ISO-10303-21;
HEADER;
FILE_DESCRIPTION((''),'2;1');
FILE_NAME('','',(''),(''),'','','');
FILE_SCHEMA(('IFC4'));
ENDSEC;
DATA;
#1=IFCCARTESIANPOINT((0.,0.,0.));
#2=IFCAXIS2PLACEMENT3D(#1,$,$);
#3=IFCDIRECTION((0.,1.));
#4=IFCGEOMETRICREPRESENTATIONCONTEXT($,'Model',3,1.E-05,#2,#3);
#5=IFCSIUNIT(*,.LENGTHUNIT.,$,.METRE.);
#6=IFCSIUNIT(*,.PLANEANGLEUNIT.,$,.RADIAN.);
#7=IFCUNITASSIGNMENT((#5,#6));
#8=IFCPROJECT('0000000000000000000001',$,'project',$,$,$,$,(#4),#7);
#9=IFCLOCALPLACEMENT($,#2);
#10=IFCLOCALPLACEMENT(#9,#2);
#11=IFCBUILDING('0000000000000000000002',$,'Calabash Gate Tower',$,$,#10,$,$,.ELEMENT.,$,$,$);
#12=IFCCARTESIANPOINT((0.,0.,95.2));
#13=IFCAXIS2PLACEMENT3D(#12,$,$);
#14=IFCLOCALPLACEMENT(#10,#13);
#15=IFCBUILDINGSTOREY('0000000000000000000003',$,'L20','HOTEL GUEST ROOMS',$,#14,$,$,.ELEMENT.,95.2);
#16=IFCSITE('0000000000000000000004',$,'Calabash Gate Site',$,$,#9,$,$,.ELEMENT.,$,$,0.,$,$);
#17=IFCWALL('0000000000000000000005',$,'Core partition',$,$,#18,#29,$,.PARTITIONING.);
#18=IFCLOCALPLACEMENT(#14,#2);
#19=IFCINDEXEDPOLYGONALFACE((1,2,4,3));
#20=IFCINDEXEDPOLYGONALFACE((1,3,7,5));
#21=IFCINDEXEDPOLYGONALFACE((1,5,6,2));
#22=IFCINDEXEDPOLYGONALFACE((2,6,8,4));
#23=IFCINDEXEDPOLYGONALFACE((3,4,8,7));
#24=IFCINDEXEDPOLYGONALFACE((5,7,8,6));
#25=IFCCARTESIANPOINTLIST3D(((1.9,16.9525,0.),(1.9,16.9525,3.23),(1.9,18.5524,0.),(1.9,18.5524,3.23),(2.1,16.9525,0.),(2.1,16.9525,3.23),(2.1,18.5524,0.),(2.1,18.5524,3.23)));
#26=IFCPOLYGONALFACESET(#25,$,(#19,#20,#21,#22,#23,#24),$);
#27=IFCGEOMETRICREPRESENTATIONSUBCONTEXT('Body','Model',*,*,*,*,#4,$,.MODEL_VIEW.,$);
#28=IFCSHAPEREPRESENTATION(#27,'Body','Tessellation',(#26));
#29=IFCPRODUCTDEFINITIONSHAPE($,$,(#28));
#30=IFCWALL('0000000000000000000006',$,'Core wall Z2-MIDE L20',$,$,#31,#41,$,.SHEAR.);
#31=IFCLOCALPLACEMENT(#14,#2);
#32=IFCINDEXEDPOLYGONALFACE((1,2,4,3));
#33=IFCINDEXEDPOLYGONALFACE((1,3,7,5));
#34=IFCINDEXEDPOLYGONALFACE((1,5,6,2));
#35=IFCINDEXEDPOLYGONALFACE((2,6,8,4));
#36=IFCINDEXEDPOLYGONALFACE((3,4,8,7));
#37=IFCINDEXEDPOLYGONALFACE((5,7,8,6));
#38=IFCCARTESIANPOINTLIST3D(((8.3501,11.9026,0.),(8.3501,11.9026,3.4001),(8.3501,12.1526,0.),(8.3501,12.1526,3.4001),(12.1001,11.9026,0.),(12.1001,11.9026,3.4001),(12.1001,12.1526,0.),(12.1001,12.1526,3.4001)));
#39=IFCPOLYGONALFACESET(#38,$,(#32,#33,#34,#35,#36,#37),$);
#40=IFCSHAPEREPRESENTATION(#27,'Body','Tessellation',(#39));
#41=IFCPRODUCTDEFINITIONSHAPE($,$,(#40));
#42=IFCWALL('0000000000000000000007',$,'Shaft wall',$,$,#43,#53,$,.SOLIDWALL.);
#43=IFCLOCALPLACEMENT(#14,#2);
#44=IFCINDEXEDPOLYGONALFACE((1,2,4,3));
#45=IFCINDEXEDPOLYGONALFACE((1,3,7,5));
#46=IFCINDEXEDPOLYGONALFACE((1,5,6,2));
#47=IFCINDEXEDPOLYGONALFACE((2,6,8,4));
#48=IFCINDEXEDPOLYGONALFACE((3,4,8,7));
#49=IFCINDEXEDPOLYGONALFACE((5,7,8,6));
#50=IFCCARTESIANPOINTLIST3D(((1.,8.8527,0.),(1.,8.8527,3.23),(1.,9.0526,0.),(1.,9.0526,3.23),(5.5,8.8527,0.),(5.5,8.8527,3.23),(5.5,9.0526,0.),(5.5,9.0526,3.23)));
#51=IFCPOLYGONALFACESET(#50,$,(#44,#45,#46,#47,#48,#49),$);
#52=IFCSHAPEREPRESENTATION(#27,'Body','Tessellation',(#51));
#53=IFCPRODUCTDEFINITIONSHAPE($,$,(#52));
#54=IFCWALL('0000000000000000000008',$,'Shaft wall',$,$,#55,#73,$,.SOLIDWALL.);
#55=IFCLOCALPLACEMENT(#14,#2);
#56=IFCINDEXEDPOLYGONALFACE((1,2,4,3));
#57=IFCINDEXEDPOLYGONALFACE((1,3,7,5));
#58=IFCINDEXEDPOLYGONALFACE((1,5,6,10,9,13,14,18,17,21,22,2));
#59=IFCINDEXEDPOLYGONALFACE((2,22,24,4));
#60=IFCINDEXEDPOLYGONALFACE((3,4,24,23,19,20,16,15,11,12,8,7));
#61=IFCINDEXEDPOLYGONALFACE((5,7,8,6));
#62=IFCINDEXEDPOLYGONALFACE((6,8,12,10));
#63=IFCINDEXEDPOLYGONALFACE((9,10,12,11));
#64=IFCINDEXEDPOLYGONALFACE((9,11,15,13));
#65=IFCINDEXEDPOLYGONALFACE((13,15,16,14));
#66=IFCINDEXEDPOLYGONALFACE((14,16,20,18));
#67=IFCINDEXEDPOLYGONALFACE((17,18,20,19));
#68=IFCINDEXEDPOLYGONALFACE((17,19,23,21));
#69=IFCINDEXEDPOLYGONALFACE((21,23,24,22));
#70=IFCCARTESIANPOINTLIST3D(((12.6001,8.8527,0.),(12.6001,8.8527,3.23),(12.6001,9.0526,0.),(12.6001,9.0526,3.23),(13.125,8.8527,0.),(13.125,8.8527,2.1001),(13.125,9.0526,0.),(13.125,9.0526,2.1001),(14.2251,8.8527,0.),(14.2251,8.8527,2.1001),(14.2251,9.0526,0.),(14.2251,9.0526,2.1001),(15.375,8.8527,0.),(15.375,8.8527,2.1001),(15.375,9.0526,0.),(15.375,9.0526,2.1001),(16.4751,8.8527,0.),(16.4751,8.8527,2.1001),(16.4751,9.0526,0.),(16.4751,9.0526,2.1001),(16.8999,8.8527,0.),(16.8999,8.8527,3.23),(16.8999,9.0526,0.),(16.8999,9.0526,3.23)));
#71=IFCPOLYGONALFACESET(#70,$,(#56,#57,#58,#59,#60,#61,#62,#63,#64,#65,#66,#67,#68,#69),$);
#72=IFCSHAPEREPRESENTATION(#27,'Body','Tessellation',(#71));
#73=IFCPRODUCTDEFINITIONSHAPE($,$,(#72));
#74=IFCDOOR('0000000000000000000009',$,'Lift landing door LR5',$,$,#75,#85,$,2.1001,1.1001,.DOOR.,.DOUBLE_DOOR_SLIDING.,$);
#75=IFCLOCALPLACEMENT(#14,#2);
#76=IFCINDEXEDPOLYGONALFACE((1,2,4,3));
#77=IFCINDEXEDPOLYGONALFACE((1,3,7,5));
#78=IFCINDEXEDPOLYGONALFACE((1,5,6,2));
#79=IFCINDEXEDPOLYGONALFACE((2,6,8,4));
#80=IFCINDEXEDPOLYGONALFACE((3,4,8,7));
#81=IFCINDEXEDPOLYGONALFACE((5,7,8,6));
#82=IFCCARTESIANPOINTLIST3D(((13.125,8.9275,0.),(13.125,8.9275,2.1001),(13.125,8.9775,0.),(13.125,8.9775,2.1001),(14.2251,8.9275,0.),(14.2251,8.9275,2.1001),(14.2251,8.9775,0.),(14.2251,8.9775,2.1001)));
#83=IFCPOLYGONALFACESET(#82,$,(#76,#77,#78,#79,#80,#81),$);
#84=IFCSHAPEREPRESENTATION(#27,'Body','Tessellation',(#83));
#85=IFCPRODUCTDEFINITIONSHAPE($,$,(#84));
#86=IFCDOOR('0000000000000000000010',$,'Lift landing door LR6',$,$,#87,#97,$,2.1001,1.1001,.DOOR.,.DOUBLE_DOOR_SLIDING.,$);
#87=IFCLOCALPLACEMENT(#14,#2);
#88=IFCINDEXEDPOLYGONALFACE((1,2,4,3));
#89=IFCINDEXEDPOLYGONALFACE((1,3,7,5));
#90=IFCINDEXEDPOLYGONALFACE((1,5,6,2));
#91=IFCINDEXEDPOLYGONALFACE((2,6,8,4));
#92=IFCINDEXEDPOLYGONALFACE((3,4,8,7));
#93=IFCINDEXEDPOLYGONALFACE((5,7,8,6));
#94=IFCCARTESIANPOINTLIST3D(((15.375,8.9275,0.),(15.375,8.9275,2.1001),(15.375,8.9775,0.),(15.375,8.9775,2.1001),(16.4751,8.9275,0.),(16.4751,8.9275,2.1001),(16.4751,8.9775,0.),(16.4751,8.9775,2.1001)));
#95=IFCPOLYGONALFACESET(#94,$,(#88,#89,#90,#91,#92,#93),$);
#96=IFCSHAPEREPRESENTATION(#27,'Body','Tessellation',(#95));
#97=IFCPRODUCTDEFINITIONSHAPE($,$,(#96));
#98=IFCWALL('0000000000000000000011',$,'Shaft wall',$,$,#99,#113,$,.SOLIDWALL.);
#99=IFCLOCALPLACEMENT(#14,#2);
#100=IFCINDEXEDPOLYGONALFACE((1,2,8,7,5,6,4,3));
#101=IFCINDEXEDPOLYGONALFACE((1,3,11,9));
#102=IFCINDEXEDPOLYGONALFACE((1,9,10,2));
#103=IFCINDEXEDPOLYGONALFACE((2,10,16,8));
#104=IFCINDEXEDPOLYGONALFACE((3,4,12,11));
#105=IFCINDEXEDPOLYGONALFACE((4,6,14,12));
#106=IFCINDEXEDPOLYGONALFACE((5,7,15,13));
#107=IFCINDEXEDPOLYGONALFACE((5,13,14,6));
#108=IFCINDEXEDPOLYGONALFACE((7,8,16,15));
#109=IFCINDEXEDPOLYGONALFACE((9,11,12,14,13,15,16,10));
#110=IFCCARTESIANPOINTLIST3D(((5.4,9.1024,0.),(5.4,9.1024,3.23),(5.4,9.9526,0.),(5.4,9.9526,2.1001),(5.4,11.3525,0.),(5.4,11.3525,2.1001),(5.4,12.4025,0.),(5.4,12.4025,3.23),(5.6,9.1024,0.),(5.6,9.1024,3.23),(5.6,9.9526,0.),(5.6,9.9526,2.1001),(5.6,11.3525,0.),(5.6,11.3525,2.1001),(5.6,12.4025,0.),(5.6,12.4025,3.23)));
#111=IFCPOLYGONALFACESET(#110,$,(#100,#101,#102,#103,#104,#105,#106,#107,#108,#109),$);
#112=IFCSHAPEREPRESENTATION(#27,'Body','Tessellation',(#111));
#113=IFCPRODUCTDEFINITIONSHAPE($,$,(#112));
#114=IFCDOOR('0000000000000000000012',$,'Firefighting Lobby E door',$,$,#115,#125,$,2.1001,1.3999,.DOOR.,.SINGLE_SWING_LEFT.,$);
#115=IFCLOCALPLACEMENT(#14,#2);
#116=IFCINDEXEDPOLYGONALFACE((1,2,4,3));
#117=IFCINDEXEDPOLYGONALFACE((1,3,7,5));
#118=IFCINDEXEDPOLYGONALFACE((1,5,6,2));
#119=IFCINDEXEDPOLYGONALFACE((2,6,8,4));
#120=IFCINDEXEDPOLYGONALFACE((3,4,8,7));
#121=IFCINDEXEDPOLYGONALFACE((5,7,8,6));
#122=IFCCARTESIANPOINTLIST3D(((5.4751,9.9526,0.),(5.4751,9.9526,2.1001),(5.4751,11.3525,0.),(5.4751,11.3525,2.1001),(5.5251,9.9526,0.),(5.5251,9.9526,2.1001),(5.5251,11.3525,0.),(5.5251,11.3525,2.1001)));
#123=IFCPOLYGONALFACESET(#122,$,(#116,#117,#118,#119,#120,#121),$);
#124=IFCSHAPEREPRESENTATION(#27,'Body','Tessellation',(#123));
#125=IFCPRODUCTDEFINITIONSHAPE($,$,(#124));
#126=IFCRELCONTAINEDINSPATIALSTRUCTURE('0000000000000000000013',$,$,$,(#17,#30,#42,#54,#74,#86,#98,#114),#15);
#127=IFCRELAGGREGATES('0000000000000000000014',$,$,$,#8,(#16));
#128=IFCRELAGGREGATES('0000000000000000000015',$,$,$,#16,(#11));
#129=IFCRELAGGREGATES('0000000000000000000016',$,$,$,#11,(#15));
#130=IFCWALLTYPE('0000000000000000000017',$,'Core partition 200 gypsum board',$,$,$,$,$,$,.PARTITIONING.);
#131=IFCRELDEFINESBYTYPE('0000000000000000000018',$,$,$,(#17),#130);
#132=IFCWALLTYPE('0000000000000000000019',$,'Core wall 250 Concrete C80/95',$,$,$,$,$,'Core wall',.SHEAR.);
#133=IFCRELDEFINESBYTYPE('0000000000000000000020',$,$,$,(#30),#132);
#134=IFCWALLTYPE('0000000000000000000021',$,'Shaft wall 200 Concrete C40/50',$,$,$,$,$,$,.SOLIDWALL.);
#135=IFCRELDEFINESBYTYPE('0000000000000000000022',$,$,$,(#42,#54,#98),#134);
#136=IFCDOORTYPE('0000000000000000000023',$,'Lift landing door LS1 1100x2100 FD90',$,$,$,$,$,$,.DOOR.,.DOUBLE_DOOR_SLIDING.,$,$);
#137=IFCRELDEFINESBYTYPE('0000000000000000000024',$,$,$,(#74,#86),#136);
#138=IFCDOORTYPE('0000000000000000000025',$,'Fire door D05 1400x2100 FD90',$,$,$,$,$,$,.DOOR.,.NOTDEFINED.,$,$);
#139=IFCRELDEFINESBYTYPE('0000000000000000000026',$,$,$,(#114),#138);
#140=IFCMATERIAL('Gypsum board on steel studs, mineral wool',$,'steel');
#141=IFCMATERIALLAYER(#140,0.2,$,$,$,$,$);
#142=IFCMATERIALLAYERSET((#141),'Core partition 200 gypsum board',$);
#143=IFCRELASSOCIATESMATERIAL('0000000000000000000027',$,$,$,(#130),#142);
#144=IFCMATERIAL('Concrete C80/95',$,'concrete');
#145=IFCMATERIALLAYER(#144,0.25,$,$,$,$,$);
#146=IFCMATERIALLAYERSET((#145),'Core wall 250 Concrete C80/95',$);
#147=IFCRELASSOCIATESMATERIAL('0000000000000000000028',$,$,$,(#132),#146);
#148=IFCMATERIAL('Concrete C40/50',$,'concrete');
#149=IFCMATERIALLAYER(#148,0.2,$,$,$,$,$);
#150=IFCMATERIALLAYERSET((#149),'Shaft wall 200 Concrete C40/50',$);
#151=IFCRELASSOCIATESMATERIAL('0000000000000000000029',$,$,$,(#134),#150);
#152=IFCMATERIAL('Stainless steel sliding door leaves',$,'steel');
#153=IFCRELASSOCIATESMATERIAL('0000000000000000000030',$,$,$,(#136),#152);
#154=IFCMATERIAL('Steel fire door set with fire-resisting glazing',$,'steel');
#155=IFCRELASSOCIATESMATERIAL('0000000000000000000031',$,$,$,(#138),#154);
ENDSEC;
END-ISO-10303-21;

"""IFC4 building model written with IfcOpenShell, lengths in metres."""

from ifc_helpers import new_model, si_unit, direction, frame, frame_2d, origin, place, context, subcontext, project, spatial, rectangle, extrude, material, layer, layer_set, type_object, element, fill, save


model = new_model("IFC4")

# Units and contexts
model_context = context("Model", 3, precision=1e-05, world=origin(), true_north=direction((0.0, 1.0)))
body_context = subcontext(model_context, "Body", "Model", "MODEL_VIEW")
ifc_project = project(units=[si_unit("LENGTHUNIT", "METRE"), si_unit("PLANEANGLEUNIT", "RADIAN")], contexts=[model_context])

# Site, building, storey
site_placement = place(None, origin())
site = spatial("IfcSite", under=ifc_project, at=site_placement, Name="Calabash Gate Site", CompositionType="ELEMENT", RefElevation=0.0)
building_placement = place(site_placement, origin())
building = spatial("IfcBuilding", under=site, at=building_placement, Name="Calabash Gate Tower", CompositionType="ELEMENT")
storey_placement = place(building_placement, frame((0.0, 0.0, 95.2)))
storey = spatial("IfcBuildingStorey", under=building, at=storey_placement, Name="L20", Description="HOTEL GUEST ROOMS", CompositionType="ELEMENT", Elevation=95.2)

# Walls
ifc_material_1 = material(Name="Gypsum board on steel studs, mineral wool", Category="steel")
ifc_layer_1 = layer(ifc_material_1, 0.2)
ifc_layer_set_1 = layer_set([ifc_layer_1], Name="Core partition 200 gypsum board")
wall_type_1 = type_object("IfcWallType", Name="Core partition 200 gypsum board", PredefinedType="PARTITIONING", material=ifc_layer_set_1)
wall_1_placement = place(storey_placement, frame((2.0, 16.9526, 0.0), z_axis=(0.0, 0.0, 1.0), x_axis=(0.0, 1.0, 0.0)))
element("IfcWall", 1, at=wall_1_placement, inside=storey, type_object=wall_type_1, Name="Core partition", PredefinedType="PARTITIONING", context=body_context, shape_type="SweptSolid", body=[
    extrude(rectangle(XDim=1.5999, YDim=0.2, at=frame_2d((0.7998, 0.0))), origin(), (0.0, 0.0, 1.0), 3.23),
])
ifc_material_2 = material(Name="Concrete C80/95", Category="concrete")
ifc_layer_2 = layer(ifc_material_2, 0.25)
ifc_layer_set_2 = layer_set([ifc_layer_2], Name="Core wall 250 Concrete C80/95")
wall_type_2 = type_object("IfcWallType", Name="Core wall 250 Concrete C80/95", ElementType="Core wall", PredefinedType="SHEAR", material=ifc_layer_set_2)
wall_2_placement = place(storey_placement, frame((8.3501, 12.0276, 0.0), z_axis=(0.0, 0.0, 1.0), x_axis=(1.0, 0.0, 0.0)))
element("IfcWall", 2, at=wall_2_placement, inside=storey, type_object=wall_type_2, Name="Core wall Z2-MIDE L20", PredefinedType="SHEAR", context=body_context, shape_type="SweptSolid", body=[
    extrude(rectangle(XDim=3.75, YDim=0.25, at=frame_2d((1.875, 0.0))), origin(), (0.0, 0.0, 1.0), 3.4001),
])
ifc_material_3 = material(Name="Concrete C40/50", Category="concrete")
ifc_layer_3 = layer(ifc_material_3, 0.2)
ifc_layer_set_3 = layer_set([ifc_layer_3], Name="Shaft wall 200 Concrete C40/50")
wall_type_3 = type_object("IfcWallType", Name="Shaft wall 200 Concrete C40/50", PredefinedType="SOLIDWALL", material=ifc_layer_set_3)
wall_3_placement = place(storey_placement, frame((1.0, 8.9526, 0.0), z_axis=(0.0, 0.0, 1.0), x_axis=(1.0, 0.0, 0.0)))
element("IfcWall", 3, at=wall_3_placement, inside=storey, type_object=wall_type_3, Name="Shaft wall", PredefinedType="SOLIDWALL", context=body_context, shape_type="SweptSolid", body=[
    extrude(rectangle(XDim=4.5, YDim=0.2, at=frame_2d((2.25, 0.0))), origin(), (0.0, 0.0, 1.0), 3.23),
])

# Wall, openings, doors
wall_4_placement = place(storey_placement, frame((12.6001, 8.9526, 0.0), z_axis=(0.0, 0.0, 1.0), x_axis=(1.0, 0.0, 0.0)))
wall_4 = element("IfcWall", 4, at=wall_4_placement, inside=storey, type_object=wall_type_3, Name="Shaft wall", PredefinedType="SOLIDWALL", context=body_context, shape_type="SweptSolid", body=[
    extrude(rectangle(XDim=4.2998, YDim=0.2, at=frame_2d((2.1499, 0.0))), origin(), (0.0, 0.0, 1.0), 3.23),
])
opening_1_placement = place(wall_4_placement, frame((0.5249, 0.0, 0.0)))
opening_1 = element("IfcOpeningElement", 5, at=opening_1_placement, cuts=wall_4, PredefinedType="OPENING", context=body_context, shape_type="SweptSolid", body=[
    extrude(rectangle(XDim=1.1001, YDim=2.1001, at=frame_2d((0.55, 1.05))), frame((0.0, 0.1099, 0.0), z_axis=(0.0, -1.0, 0.0), x_axis=(1.0, 0.0, 0.0)), (0.0, 0.0, 1.0), 0.22),
])
opening_2_placement = place(wall_4_placement, frame((2.7749, 0.0, 0.0)))
opening_2 = element("IfcOpeningElement", 6, at=opening_2_placement, cuts=wall_4, PredefinedType="OPENING", context=body_context, shape_type="SweptSolid", body=[
    extrude(rectangle(XDim=1.1001, YDim=2.1001, at=frame_2d((0.55, 1.05))), frame((0.0, 0.1099, 0.0), z_axis=(0.0, -1.0, 0.0), x_axis=(1.0, 0.0, 0.0)), (0.0, 0.0, 1.0), 0.22),
])
ifc_material_4 = material(Name="Stainless steel sliding door leaves", Category="steel")
door_type_1 = type_object("IfcDoorType", Name="Lift landing door LS1 1100x2100 FD90", OperationType="DOUBLE_DOOR_SLIDING", PredefinedType="DOOR", material=ifc_material_4)
door_1_placement = place(opening_1_placement, origin())
door_1 = element("IfcDoor", 7, at=door_1_placement, inside=storey, type_object=door_type_1, Name="Lift landing door LR5", OperationType="DOUBLE_DOOR_SLIDING", OverallHeight=2.1001, OverallWidth=1.1001, PredefinedType="DOOR", context=body_context, shape_type="SweptSolid", body=[
    extrude(rectangle(XDim=1.1001, YDim=2.1001, at=frame_2d((0.55, 1.05))), frame((0.0, 0.0249, 0.0), z_axis=(0.0, -1.0, 0.0), x_axis=(1.0, 0.0, 0.0)), (0.0, 0.0, 1.0), 0.05),
])
fill(opening_1, door_1)
door_2_placement = place(opening_2_placement, origin())
door_2 = element("IfcDoor", 8, at=door_2_placement, inside=storey, type_object=door_type_1, Name="Lift landing door LR6", OperationType="DOUBLE_DOOR_SLIDING", OverallHeight=2.1001, OverallWidth=1.1001, PredefinedType="DOOR", context=body_context, shape_type="SweptSolid", body=[
    extrude(rectangle(XDim=1.1001, YDim=2.1001, at=frame_2d((0.55, 1.05))), frame((0.0, 0.0249, 0.0), z_axis=(0.0, -1.0, 0.0), x_axis=(1.0, 0.0, 0.0)), (0.0, 0.0, 1.0), 0.05),
])
fill(opening_2, door_2)

# Wall, opening, door
wall_5_placement = place(storey_placement, frame((5.5, 9.1025, 0.0), z_axis=(0.0, 0.0, 1.0), x_axis=(0.0, 1.0, 0.0)))
wall_5 = element("IfcWall", 9, at=wall_5_placement, inside=storey, type_object=wall_type_3, Name="Shaft wall", PredefinedType="SOLIDWALL", context=body_context, shape_type="SweptSolid", body=[
    extrude(rectangle(XDim=3.3, YDim=0.2, at=frame_2d((1.6499, 0.0))), origin(), (0.0, 0.0, 1.0), 3.23),
])
opening_3_placement = place(wall_5_placement, frame((0.8501, 0.0, 0.0)))
opening_3 = element("IfcOpeningElement", 10, at=opening_3_placement, cuts=wall_5, PredefinedType="OPENING", context=body_context, shape_type="SweptSolid", body=[
    extrude(rectangle(XDim=1.3999, YDim=2.1001, at=frame_2d((0.7, 1.05))), frame((0.0, 0.1099, 0.0), z_axis=(0.0, -1.0, 0.0), x_axis=(1.0, 0.0, 0.0)), (0.0, 0.0, 1.0), 0.22),
])
ifc_material_5 = material(Name="Steel fire door set with fire-resisting glazing", Category="steel")
door_type_2 = type_object("IfcDoorType", Name="Fire door D05 1400x2100 FD90", OperationType="NOTDEFINED", PredefinedType="DOOR", material=ifc_material_5)
door_3_placement = place(opening_3_placement, origin())
door_3 = element("IfcDoor", 11, at=door_3_placement, inside=storey, type_object=door_type_2, Name="Firefighting Lobby E door", OperationType="SINGLE_SWING_LEFT", OverallHeight=2.1001, OverallWidth=1.3999, PredefinedType="DOOR", context=body_context, shape_type="SweptSolid", body=[
    extrude(rectangle(XDim=1.3999, YDim=2.1001, at=frame_2d((0.7, 1.05))), frame((0.0, 0.0249, 0.0), z_axis=(0.0, -1.0, 0.0), x_axis=(1.0, 0.0, 0.0)), (0.0, 0.0, 1.0), 0.05),
])
fill(opening_3, door_3)

save(model, "model.ifc")
